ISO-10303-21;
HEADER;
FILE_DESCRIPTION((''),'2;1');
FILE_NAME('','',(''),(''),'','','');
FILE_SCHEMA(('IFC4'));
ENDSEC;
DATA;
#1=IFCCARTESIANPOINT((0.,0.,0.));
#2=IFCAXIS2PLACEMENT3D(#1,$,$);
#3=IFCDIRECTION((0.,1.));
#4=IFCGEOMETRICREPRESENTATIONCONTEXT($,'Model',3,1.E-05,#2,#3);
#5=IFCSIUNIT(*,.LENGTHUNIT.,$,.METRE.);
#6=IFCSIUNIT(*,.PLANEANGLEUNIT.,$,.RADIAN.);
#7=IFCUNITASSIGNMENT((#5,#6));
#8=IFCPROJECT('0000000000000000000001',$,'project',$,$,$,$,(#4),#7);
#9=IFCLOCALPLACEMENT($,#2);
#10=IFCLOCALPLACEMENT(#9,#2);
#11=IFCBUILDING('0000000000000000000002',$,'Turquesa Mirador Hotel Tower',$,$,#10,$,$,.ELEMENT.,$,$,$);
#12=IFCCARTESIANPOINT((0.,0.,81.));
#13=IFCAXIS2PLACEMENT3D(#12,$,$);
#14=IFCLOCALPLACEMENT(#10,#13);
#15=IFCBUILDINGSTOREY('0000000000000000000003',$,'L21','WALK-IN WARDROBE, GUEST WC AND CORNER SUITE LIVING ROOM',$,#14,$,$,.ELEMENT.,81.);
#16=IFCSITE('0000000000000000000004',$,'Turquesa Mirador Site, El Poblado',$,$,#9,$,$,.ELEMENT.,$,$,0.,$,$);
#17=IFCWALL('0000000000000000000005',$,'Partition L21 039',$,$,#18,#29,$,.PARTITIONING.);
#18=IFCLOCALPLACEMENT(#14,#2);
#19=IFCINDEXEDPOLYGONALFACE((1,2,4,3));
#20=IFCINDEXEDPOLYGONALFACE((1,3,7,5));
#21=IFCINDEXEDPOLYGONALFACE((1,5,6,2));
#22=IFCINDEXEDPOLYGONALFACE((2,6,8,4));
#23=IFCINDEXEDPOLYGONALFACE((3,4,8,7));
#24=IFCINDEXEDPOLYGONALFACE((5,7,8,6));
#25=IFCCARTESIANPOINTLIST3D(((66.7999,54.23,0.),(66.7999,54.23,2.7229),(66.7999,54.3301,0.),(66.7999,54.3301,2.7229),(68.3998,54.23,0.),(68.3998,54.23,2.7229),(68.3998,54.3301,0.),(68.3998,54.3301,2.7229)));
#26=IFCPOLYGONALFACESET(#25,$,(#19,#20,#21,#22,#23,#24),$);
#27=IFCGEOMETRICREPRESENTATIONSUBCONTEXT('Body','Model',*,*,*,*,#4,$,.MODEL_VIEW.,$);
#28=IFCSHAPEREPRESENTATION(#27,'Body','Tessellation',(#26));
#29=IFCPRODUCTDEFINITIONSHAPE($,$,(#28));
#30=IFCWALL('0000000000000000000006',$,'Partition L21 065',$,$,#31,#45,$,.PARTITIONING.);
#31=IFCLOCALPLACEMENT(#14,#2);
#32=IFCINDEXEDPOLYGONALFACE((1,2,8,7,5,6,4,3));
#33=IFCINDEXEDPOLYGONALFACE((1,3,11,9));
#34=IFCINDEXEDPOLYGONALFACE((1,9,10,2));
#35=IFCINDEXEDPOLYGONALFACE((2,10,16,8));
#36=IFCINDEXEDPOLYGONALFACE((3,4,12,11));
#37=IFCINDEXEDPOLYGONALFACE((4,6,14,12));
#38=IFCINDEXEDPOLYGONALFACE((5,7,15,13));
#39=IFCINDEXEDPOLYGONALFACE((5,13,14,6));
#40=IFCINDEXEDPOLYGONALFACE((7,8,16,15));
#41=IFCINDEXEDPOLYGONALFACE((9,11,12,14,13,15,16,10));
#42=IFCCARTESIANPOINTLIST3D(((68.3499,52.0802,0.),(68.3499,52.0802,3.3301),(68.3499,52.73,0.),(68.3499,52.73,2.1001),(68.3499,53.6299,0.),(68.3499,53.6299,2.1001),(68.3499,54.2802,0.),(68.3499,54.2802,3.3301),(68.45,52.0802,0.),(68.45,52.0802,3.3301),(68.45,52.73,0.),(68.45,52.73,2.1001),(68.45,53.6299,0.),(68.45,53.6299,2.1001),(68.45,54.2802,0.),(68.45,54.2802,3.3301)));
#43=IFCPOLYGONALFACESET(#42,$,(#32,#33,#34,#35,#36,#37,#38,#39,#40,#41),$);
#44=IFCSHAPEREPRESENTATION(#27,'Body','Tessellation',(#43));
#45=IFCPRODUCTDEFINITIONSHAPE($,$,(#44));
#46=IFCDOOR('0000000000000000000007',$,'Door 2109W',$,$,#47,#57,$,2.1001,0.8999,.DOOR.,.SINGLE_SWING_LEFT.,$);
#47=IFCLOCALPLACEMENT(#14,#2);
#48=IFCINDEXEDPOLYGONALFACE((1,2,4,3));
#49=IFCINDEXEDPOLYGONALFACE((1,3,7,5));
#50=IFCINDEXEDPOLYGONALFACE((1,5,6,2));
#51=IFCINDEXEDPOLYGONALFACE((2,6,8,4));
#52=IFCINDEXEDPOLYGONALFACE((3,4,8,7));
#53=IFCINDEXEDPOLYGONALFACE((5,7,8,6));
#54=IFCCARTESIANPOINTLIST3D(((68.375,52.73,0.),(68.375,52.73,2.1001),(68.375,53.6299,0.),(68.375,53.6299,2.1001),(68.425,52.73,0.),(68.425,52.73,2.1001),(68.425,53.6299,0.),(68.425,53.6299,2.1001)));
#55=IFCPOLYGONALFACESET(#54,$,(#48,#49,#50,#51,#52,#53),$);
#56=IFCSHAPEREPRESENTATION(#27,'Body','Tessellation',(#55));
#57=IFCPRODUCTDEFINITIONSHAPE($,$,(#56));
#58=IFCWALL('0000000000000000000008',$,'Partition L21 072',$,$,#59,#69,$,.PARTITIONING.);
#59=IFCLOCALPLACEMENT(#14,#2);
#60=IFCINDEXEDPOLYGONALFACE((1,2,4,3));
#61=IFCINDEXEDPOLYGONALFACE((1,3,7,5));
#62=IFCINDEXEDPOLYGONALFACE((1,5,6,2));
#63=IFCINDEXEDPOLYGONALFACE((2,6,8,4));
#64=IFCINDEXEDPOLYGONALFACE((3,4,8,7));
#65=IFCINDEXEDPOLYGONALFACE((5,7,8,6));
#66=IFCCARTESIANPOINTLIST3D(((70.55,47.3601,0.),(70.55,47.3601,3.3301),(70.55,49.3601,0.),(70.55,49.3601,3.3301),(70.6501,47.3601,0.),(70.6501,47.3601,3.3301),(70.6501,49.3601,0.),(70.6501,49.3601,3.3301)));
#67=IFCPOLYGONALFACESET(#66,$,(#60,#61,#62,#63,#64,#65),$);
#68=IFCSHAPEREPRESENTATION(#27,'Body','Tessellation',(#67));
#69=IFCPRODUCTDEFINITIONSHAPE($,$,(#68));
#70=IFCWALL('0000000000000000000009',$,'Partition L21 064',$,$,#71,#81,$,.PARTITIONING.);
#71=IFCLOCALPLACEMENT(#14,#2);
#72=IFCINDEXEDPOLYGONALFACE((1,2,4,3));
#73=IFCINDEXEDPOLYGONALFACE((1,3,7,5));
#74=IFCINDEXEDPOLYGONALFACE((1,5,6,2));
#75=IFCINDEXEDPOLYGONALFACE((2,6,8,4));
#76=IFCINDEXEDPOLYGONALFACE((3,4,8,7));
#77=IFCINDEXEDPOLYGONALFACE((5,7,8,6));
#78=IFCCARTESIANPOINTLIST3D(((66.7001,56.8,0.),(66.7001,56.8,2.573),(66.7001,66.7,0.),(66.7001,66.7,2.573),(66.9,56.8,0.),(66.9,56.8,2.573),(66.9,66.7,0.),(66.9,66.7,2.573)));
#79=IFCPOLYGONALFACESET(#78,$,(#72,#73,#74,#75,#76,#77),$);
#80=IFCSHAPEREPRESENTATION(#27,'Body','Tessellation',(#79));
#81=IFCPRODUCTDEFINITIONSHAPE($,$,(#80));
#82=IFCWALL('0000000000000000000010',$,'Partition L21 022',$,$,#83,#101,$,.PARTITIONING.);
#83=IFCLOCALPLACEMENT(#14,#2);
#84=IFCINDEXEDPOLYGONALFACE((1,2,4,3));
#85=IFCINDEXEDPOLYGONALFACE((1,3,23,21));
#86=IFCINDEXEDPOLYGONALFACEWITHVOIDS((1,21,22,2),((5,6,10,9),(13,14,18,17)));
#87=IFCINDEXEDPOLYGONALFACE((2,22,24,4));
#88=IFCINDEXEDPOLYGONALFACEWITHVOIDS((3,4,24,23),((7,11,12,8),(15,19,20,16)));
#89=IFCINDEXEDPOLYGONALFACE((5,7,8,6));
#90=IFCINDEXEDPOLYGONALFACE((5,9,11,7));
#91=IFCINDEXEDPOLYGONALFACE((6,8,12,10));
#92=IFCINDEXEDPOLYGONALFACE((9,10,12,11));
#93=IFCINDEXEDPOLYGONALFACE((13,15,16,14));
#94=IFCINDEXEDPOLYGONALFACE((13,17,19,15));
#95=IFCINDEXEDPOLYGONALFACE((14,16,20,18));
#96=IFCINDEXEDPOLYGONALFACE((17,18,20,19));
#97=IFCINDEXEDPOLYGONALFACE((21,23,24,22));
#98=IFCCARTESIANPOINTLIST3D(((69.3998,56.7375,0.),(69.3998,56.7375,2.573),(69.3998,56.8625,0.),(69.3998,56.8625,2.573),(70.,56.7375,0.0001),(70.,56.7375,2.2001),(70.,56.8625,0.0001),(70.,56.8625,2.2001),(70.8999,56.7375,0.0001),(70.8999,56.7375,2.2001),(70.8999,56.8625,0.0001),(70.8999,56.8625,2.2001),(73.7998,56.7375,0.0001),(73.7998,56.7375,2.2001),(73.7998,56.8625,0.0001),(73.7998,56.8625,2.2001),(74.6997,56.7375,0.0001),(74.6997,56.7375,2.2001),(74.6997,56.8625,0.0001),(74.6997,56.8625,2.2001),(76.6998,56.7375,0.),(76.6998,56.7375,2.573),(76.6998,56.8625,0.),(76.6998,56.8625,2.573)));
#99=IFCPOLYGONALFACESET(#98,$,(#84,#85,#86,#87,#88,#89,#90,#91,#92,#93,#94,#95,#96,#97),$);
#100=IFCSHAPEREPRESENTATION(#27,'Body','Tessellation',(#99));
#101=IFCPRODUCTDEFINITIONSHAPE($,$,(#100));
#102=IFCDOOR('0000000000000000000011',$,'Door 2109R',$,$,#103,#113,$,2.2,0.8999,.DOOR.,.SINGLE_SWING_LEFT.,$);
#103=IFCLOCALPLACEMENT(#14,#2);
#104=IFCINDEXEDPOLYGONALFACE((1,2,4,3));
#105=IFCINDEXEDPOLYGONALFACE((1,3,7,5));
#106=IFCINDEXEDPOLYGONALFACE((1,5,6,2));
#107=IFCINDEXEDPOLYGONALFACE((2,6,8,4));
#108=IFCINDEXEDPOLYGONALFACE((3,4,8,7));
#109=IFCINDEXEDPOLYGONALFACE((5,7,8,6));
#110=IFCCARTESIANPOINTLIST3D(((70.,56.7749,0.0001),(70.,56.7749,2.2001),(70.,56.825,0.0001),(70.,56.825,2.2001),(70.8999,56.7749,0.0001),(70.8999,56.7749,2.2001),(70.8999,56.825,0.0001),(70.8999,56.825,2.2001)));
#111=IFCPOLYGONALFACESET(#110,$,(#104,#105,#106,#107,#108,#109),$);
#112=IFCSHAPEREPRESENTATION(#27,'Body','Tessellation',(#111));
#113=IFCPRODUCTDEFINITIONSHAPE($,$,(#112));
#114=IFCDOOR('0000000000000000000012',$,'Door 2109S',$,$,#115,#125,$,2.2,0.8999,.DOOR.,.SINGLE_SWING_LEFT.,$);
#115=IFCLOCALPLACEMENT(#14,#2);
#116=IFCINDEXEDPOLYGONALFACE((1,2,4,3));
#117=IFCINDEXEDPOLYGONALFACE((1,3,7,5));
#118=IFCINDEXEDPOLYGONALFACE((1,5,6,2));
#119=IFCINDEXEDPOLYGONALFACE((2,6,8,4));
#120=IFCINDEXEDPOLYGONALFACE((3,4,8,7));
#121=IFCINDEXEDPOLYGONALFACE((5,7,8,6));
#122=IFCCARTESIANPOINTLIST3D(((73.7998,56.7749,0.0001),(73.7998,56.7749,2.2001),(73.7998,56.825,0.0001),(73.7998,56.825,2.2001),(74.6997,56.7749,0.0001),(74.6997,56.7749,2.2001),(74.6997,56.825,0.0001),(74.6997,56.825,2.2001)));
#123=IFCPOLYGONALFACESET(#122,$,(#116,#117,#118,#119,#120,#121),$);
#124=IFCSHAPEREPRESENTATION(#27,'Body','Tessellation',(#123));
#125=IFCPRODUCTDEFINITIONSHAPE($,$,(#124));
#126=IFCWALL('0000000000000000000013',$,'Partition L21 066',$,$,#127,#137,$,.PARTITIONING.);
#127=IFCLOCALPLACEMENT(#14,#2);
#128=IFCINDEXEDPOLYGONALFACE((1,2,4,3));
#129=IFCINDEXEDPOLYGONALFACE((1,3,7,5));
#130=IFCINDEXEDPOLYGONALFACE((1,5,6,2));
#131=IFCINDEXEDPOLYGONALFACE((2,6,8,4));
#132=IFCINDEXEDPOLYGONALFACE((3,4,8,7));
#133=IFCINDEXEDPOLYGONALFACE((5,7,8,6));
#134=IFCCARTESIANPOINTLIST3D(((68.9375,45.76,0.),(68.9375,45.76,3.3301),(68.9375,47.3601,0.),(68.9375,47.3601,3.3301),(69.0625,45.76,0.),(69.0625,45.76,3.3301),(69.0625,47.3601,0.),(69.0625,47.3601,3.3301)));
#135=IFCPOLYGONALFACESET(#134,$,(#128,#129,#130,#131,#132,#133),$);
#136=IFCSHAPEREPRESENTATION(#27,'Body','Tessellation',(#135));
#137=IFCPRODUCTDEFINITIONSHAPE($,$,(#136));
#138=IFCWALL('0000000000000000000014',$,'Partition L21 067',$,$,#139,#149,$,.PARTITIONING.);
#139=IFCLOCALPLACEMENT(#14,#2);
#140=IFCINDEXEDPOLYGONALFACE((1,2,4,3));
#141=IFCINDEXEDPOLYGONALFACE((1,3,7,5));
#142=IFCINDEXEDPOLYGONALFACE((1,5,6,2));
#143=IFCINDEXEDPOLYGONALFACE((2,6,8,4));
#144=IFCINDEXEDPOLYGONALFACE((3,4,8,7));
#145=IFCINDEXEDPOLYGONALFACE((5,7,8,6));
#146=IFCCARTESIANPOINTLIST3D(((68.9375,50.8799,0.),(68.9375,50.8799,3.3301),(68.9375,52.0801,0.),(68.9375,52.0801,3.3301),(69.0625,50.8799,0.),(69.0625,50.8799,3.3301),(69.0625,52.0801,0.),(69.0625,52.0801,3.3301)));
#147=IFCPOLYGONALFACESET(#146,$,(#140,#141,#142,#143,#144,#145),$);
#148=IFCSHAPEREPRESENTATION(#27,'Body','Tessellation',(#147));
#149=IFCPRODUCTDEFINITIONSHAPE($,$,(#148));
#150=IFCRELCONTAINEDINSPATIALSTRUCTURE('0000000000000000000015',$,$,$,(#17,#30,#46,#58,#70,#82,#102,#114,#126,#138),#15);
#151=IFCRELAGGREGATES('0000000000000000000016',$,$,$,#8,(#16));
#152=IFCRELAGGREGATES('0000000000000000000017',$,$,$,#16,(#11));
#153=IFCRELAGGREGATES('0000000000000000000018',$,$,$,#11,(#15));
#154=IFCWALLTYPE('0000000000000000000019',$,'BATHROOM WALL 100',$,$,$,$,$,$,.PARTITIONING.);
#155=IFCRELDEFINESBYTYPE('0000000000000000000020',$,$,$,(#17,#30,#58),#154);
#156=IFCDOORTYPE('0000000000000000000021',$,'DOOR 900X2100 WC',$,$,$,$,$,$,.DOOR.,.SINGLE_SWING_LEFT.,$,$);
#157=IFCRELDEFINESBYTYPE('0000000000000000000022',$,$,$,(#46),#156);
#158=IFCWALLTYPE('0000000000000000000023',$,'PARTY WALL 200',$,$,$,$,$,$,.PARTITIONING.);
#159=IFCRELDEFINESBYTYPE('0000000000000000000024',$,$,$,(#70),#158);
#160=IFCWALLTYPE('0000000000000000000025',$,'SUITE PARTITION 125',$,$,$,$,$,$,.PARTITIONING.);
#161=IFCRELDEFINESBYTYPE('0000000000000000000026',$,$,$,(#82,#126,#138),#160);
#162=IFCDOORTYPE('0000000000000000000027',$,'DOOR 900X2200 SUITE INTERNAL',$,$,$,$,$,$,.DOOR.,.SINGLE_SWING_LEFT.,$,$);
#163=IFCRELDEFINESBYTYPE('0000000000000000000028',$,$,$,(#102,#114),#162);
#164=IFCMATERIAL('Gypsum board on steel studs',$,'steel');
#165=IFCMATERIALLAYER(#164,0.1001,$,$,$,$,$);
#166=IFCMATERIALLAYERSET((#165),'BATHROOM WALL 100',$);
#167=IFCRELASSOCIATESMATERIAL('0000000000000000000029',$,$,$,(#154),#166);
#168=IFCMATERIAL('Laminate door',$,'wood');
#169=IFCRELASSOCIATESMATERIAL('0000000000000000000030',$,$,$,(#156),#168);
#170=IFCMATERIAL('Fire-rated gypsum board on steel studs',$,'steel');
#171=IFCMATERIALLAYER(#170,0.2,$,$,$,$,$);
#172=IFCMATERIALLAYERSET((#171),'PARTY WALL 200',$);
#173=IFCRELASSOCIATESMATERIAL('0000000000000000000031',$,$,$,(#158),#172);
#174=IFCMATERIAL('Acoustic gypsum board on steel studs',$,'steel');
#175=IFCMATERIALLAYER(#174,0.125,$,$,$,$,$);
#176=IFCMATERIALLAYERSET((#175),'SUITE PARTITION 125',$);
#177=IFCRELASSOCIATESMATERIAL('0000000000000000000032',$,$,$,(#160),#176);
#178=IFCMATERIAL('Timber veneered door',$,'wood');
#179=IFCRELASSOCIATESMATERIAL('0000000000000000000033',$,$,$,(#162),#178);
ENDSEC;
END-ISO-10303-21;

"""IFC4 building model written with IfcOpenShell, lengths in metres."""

from ifc_helpers import new_model, si_unit, direction, frame, frame_2d, origin, place, context, subcontext, project, spatial, rectangle, extrude, material, layer, layer_set, type_object, element, fill, save


model = new_model("IFC4")

# Units and contexts
model_context = context("Model", 3, precision=1e-05, world=origin(), true_north=direction((0.0, 1.0)))
body_context = subcontext(model_context, "Body", "Model", "MODEL_VIEW")
ifc_project = project(units=[si_unit("LENGTHUNIT", "METRE"), si_unit("PLANEANGLEUNIT", "RADIAN")], contexts=[model_context])

# Site, building, storey
site_placement = place(None, origin())
site = spatial("IfcSite", under=ifc_project, at=site_placement, Name="Turquesa Mirador Site, El Poblado", CompositionType="ELEMENT", RefElevation=0.0)
building_placement = place(site_placement, origin())
building = spatial("IfcBuilding", under=site, at=building_placement, Name="Turquesa Mirador Hotel Tower", CompositionType="ELEMENT")
storey_placement = place(building_placement, frame((0.0, 0.0, 81.0)))
storey = spatial("IfcBuildingStorey", under=building, at=storey_placement, Name="L21", Description="WALK-IN WARDROBE, GUEST WC AND CORNER SUITE LIVING ROOM", CompositionType="ELEMENT", Elevation=81.0)

# Wall
ifc_material_1 = material(Name="Gypsum board on steel studs", Category="steel")
ifc_layer_1 = layer(ifc_material_1, 0.1001)
ifc_layer_set_1 = layer_set([ifc_layer_1], Name="BATHROOM WALL 100")
wall_type_1 = type_object("IfcWallType", Name="BATHROOM WALL 100", PredefinedType="PARTITIONING", material=ifc_layer_set_1)
wall_1_placement = place(storey_placement, frame((66.8, 54.28, 0.0), z_axis=(0.0, 0.0, 1.0), x_axis=(1.0, 0.0, 0.0)))
element("IfcWall", 1, at=wall_1_placement, inside=storey, type_object=wall_type_1, Name="Partition L21 039", PredefinedType="PARTITIONING", context=body_context, shape_type="SweptSolid", body=[
    extrude(rectangle(XDim=1.5999, YDim=0.1001, at=frame_2d((0.7998, 0.0))), origin(), (0.0, 0.0, 1.0), 2.7229),
])

# Wall, opening, door
wall_2_placement = place(storey_placement, frame((68.3999, 52.0801, 0.0), z_axis=(0.0, 0.0, 1.0), x_axis=(0.0, 1.0, 0.0)))
wall_2 = element("IfcWall", 2, at=wall_2_placement, inside=storey, type_object=wall_type_1, Name="Partition L21 065", PredefinedType="PARTITIONING", context=body_context, shape_type="SweptSolid", body=[
    extrude(rectangle(XDim=2.2, YDim=0.1001, at=frame_2d((1.1001, 0.0))), origin(), (0.0, 0.0, 1.0), 3.3301),
])
opening_1_placement = place(wall_2_placement, frame((0.6499, 0.0, 0.0)))
opening_1 = element("IfcOpeningElement", 3, at=opening_1_placement, cuts=wall_2, PredefinedType="OPENING", context=body_context, shape_type="SweptSolid", body=[
    extrude(rectangle(XDim=0.8999, YDim=2.1001, at=frame_2d((0.45, 1.05))), frame((0.0, 0.0601, 0.0), z_axis=(0.0, -1.0, 0.0), x_axis=(1.0, 0.0, 0.0)), (0.0, 0.0, 1.0), 0.1201),
])
ifc_material_2 = material(Name="Laminate door", Category="wood")
door_type_1 = type_object("IfcDoorType", Name="DOOR 900X2100 WC", OperationType="SINGLE_SWING_LEFT", PredefinedType="DOOR", material=ifc_material_2)
door_1_placement = place(opening_1_placement, origin())
door_1 = element("IfcDoor", 4, at=door_1_placement, inside=storey, type_object=door_type_1, Name="Door 2109W", OperationType="SINGLE_SWING_LEFT", OverallHeight=2.1001, OverallWidth=0.8999, PredefinedType="DOOR", context=body_context, shape_type="SweptSolid", body=[
    extrude(rectangle(XDim=0.8999, YDim=2.1001, at=frame_2d((0.45, 1.05))), frame((0.0, 0.0249, 0.0), z_axis=(0.0, -1.0, 0.0), x_axis=(1.0, 0.0, 0.0)), (0.0, 0.0, 1.0), 0.05),
])
fill(opening_1, door_1)

# Walls
wall_3_placement = place(storey_placement, frame((70.6001, 47.3601, 0.0), z_axis=(0.0, 0.0, 1.0), x_axis=(0.0, 1.0, 0.0)))
element("IfcWall", 5, at=wall_3_placement, inside=storey, type_object=wall_type_1, Name="Partition L21 072", PredefinedType="PARTITIONING", context=body_context, shape_type="SweptSolid", body=[
    extrude(rectangle(XDim=2.0, YDim=0.1001, at=frame_2d((1.0, 0.0))), origin(), (0.0, 0.0, 1.0), 3.3301),
])
ifc_material_3 = material(Name="Fire-rated gypsum board on steel studs", Category="steel")
ifc_layer_2 = layer(ifc_material_3, 0.2)
ifc_layer_set_2 = layer_set([ifc_layer_2], Name="PARTY WALL 200")
wall_type_2 = type_object("IfcWallType", Name="PARTY WALL 200", PredefinedType="PARTITIONING", material=ifc_layer_set_2)
wall_4_placement = place(storey_placement, frame((66.8, 56.8, 0.0), z_axis=(0.0, 0.0, 1.0), x_axis=(0.0, 1.0, 0.0)))
element("IfcWall", 6, at=wall_4_placement, inside=storey, type_object=wall_type_2, Name="Partition L21 064", PredefinedType="PARTITIONING", context=body_context, shape_type="SweptSolid", body=[
    extrude(rectangle(XDim=9.8999, YDim=0.2, at=frame_2d((4.95, 0.0))), origin(), (0.0, 0.0, 1.0), 2.573),
])

# Wall, openings, doors
ifc_material_4 = material(Name="Acoustic gypsum board on steel studs", Category="steel")
ifc_layer_3 = layer(ifc_material_4, 0.125)
ifc_layer_set_3 = layer_set([ifc_layer_3], Name="SUITE PARTITION 125")
wall_type_3 = type_object("IfcWallType", Name="SUITE PARTITION 125", PredefinedType="PARTITIONING", material=ifc_layer_set_3)
wall_5_placement = place(storey_placement, frame((69.3999, 56.8, 0.0), z_axis=(0.0, 0.0, 1.0), x_axis=(1.0, 0.0, 0.0)))
wall_5 = element("IfcWall", 7, at=wall_5_placement, inside=storey, type_object=wall_type_3, Name="Partition L21 022", PredefinedType="PARTITIONING", context=body_context, shape_type="SweptSolid", body=[
    extrude(rectangle(XDim=7.3, YDim=0.125, at=frame_2d((3.6499, 0.0))), origin(), (0.0, 0.0, 1.0), 2.573),
])
opening_2_placement = place(wall_5_placement, frame((0.6001, 0.0, 0.0)))
opening_2 = element("IfcOpeningElement", 8, at=opening_2_placement, cuts=wall_5, PredefinedType="OPENING", context=body_context, shape_type="SweptSolid", body=[
    extrude(rectangle(XDim=0.8999, YDim=2.2, at=frame_2d((0.45, 1.1001))), frame((0.0, 0.0725, 0.0), z_axis=(0.0, -1.0, 0.0), x_axis=(1.0, 0.0, 0.0)), (0.0, 0.0, 1.0), 0.145),
])
opening_3_placement = place(wall_5_placement, frame((4.3999, 0.0, 0.0)))
opening_3 = element("IfcOpeningElement", 9, at=opening_3_placement, cuts=wall_5, PredefinedType="OPENING", context=body_context, shape_type="SweptSolid", body=[
    extrude(rectangle(XDim=0.8999, YDim=2.2, at=frame_2d((0.45, 1.1001))), frame((0.0, 0.0725, 0.0), z_axis=(0.0, -1.0, 0.0), x_axis=(1.0, 0.0, 0.0)), (0.0, 0.0, 1.0), 0.145),
])
ifc_material_5 = material(Name="Timber veneered door", Category="wood")
door_type_2 = type_object("IfcDoorType", Name="DOOR 900X2200 SUITE INTERNAL", OperationType="SINGLE_SWING_LEFT", PredefinedType="DOOR", material=ifc_material_5)
door_2_placement = place(opening_2_placement, origin())
door_2 = element("IfcDoor", 10, at=door_2_placement, inside=storey, type_object=door_type_2, Name="Door 2109R", OperationType="SINGLE_SWING_LEFT", OverallHeight=2.2, OverallWidth=0.8999, PredefinedType="DOOR", context=body_context, shape_type="SweptSolid", body=[
    extrude(rectangle(XDim=0.8999, YDim=2.2, at=frame_2d((0.45, 1.1001))), frame((0.0, 0.0249, 0.0), z_axis=(0.0, -1.0, 0.0), x_axis=(1.0, 0.0, 0.0)), (0.0, 0.0, 1.0), 0.05),
])
fill(opening_2, door_2)
door_3_placement = place(opening_3_placement, origin())
door_3 = element("IfcDoor", 11, at=door_3_placement, inside=storey, type_object=door_type_2, Name="Door 2109S", OperationType="SINGLE_SWING_LEFT", OverallHeight=2.2, OverallWidth=0.8999, PredefinedType="DOOR", context=body_context, shape_type="SweptSolid", body=[
    extrude(rectangle(XDim=0.8999, YDim=2.2, at=frame_2d((0.45, 1.1001))), frame((0.0, 0.0249, 0.0), z_axis=(0.0, -1.0, 0.0), x_axis=(1.0, 0.0, 0.0)), (0.0, 0.0, 1.0), 0.05),
])
fill(opening_3, door_3)

# Walls
wall_6_placement = place(storey_placement, frame((69.0, 45.76, 0.0), z_axis=(0.0, 0.0, 1.0), x_axis=(0.0, 1.0, 0.0)))
element("IfcWall", 12, at=wall_6_placement, inside=storey, type_object=wall_type_3, Name="Partition L21 066", PredefinedType="PARTITIONING", context=body_context, shape_type="SweptSolid", body=[
    extrude(rectangle(XDim=1.6001, YDim=0.125, at=frame_2d((0.8, 0.0))), origin(), (0.0, 0.0, 1.0), 3.3301),
])
wall_7_placement = place(storey_placement, frame((69.0, 50.8799, 0.0), z_axis=(0.0, 0.0, 1.0), x_axis=(0.0, 1.0, 0.0)))
element("IfcWall", 13, at=wall_7_placement, inside=storey, type_object=wall_type_3, Name="Partition L21 067", PredefinedType="PARTITIONING", context=body_context, shape_type="SweptSolid", body=[
    extrude(rectangle(XDim=1.2002, YDim=0.125, at=frame_2d((0.6001, 0.0))), origin(), (0.0, 0.0, 1.0), 3.3301),
])

save(model, "model.ifc")
